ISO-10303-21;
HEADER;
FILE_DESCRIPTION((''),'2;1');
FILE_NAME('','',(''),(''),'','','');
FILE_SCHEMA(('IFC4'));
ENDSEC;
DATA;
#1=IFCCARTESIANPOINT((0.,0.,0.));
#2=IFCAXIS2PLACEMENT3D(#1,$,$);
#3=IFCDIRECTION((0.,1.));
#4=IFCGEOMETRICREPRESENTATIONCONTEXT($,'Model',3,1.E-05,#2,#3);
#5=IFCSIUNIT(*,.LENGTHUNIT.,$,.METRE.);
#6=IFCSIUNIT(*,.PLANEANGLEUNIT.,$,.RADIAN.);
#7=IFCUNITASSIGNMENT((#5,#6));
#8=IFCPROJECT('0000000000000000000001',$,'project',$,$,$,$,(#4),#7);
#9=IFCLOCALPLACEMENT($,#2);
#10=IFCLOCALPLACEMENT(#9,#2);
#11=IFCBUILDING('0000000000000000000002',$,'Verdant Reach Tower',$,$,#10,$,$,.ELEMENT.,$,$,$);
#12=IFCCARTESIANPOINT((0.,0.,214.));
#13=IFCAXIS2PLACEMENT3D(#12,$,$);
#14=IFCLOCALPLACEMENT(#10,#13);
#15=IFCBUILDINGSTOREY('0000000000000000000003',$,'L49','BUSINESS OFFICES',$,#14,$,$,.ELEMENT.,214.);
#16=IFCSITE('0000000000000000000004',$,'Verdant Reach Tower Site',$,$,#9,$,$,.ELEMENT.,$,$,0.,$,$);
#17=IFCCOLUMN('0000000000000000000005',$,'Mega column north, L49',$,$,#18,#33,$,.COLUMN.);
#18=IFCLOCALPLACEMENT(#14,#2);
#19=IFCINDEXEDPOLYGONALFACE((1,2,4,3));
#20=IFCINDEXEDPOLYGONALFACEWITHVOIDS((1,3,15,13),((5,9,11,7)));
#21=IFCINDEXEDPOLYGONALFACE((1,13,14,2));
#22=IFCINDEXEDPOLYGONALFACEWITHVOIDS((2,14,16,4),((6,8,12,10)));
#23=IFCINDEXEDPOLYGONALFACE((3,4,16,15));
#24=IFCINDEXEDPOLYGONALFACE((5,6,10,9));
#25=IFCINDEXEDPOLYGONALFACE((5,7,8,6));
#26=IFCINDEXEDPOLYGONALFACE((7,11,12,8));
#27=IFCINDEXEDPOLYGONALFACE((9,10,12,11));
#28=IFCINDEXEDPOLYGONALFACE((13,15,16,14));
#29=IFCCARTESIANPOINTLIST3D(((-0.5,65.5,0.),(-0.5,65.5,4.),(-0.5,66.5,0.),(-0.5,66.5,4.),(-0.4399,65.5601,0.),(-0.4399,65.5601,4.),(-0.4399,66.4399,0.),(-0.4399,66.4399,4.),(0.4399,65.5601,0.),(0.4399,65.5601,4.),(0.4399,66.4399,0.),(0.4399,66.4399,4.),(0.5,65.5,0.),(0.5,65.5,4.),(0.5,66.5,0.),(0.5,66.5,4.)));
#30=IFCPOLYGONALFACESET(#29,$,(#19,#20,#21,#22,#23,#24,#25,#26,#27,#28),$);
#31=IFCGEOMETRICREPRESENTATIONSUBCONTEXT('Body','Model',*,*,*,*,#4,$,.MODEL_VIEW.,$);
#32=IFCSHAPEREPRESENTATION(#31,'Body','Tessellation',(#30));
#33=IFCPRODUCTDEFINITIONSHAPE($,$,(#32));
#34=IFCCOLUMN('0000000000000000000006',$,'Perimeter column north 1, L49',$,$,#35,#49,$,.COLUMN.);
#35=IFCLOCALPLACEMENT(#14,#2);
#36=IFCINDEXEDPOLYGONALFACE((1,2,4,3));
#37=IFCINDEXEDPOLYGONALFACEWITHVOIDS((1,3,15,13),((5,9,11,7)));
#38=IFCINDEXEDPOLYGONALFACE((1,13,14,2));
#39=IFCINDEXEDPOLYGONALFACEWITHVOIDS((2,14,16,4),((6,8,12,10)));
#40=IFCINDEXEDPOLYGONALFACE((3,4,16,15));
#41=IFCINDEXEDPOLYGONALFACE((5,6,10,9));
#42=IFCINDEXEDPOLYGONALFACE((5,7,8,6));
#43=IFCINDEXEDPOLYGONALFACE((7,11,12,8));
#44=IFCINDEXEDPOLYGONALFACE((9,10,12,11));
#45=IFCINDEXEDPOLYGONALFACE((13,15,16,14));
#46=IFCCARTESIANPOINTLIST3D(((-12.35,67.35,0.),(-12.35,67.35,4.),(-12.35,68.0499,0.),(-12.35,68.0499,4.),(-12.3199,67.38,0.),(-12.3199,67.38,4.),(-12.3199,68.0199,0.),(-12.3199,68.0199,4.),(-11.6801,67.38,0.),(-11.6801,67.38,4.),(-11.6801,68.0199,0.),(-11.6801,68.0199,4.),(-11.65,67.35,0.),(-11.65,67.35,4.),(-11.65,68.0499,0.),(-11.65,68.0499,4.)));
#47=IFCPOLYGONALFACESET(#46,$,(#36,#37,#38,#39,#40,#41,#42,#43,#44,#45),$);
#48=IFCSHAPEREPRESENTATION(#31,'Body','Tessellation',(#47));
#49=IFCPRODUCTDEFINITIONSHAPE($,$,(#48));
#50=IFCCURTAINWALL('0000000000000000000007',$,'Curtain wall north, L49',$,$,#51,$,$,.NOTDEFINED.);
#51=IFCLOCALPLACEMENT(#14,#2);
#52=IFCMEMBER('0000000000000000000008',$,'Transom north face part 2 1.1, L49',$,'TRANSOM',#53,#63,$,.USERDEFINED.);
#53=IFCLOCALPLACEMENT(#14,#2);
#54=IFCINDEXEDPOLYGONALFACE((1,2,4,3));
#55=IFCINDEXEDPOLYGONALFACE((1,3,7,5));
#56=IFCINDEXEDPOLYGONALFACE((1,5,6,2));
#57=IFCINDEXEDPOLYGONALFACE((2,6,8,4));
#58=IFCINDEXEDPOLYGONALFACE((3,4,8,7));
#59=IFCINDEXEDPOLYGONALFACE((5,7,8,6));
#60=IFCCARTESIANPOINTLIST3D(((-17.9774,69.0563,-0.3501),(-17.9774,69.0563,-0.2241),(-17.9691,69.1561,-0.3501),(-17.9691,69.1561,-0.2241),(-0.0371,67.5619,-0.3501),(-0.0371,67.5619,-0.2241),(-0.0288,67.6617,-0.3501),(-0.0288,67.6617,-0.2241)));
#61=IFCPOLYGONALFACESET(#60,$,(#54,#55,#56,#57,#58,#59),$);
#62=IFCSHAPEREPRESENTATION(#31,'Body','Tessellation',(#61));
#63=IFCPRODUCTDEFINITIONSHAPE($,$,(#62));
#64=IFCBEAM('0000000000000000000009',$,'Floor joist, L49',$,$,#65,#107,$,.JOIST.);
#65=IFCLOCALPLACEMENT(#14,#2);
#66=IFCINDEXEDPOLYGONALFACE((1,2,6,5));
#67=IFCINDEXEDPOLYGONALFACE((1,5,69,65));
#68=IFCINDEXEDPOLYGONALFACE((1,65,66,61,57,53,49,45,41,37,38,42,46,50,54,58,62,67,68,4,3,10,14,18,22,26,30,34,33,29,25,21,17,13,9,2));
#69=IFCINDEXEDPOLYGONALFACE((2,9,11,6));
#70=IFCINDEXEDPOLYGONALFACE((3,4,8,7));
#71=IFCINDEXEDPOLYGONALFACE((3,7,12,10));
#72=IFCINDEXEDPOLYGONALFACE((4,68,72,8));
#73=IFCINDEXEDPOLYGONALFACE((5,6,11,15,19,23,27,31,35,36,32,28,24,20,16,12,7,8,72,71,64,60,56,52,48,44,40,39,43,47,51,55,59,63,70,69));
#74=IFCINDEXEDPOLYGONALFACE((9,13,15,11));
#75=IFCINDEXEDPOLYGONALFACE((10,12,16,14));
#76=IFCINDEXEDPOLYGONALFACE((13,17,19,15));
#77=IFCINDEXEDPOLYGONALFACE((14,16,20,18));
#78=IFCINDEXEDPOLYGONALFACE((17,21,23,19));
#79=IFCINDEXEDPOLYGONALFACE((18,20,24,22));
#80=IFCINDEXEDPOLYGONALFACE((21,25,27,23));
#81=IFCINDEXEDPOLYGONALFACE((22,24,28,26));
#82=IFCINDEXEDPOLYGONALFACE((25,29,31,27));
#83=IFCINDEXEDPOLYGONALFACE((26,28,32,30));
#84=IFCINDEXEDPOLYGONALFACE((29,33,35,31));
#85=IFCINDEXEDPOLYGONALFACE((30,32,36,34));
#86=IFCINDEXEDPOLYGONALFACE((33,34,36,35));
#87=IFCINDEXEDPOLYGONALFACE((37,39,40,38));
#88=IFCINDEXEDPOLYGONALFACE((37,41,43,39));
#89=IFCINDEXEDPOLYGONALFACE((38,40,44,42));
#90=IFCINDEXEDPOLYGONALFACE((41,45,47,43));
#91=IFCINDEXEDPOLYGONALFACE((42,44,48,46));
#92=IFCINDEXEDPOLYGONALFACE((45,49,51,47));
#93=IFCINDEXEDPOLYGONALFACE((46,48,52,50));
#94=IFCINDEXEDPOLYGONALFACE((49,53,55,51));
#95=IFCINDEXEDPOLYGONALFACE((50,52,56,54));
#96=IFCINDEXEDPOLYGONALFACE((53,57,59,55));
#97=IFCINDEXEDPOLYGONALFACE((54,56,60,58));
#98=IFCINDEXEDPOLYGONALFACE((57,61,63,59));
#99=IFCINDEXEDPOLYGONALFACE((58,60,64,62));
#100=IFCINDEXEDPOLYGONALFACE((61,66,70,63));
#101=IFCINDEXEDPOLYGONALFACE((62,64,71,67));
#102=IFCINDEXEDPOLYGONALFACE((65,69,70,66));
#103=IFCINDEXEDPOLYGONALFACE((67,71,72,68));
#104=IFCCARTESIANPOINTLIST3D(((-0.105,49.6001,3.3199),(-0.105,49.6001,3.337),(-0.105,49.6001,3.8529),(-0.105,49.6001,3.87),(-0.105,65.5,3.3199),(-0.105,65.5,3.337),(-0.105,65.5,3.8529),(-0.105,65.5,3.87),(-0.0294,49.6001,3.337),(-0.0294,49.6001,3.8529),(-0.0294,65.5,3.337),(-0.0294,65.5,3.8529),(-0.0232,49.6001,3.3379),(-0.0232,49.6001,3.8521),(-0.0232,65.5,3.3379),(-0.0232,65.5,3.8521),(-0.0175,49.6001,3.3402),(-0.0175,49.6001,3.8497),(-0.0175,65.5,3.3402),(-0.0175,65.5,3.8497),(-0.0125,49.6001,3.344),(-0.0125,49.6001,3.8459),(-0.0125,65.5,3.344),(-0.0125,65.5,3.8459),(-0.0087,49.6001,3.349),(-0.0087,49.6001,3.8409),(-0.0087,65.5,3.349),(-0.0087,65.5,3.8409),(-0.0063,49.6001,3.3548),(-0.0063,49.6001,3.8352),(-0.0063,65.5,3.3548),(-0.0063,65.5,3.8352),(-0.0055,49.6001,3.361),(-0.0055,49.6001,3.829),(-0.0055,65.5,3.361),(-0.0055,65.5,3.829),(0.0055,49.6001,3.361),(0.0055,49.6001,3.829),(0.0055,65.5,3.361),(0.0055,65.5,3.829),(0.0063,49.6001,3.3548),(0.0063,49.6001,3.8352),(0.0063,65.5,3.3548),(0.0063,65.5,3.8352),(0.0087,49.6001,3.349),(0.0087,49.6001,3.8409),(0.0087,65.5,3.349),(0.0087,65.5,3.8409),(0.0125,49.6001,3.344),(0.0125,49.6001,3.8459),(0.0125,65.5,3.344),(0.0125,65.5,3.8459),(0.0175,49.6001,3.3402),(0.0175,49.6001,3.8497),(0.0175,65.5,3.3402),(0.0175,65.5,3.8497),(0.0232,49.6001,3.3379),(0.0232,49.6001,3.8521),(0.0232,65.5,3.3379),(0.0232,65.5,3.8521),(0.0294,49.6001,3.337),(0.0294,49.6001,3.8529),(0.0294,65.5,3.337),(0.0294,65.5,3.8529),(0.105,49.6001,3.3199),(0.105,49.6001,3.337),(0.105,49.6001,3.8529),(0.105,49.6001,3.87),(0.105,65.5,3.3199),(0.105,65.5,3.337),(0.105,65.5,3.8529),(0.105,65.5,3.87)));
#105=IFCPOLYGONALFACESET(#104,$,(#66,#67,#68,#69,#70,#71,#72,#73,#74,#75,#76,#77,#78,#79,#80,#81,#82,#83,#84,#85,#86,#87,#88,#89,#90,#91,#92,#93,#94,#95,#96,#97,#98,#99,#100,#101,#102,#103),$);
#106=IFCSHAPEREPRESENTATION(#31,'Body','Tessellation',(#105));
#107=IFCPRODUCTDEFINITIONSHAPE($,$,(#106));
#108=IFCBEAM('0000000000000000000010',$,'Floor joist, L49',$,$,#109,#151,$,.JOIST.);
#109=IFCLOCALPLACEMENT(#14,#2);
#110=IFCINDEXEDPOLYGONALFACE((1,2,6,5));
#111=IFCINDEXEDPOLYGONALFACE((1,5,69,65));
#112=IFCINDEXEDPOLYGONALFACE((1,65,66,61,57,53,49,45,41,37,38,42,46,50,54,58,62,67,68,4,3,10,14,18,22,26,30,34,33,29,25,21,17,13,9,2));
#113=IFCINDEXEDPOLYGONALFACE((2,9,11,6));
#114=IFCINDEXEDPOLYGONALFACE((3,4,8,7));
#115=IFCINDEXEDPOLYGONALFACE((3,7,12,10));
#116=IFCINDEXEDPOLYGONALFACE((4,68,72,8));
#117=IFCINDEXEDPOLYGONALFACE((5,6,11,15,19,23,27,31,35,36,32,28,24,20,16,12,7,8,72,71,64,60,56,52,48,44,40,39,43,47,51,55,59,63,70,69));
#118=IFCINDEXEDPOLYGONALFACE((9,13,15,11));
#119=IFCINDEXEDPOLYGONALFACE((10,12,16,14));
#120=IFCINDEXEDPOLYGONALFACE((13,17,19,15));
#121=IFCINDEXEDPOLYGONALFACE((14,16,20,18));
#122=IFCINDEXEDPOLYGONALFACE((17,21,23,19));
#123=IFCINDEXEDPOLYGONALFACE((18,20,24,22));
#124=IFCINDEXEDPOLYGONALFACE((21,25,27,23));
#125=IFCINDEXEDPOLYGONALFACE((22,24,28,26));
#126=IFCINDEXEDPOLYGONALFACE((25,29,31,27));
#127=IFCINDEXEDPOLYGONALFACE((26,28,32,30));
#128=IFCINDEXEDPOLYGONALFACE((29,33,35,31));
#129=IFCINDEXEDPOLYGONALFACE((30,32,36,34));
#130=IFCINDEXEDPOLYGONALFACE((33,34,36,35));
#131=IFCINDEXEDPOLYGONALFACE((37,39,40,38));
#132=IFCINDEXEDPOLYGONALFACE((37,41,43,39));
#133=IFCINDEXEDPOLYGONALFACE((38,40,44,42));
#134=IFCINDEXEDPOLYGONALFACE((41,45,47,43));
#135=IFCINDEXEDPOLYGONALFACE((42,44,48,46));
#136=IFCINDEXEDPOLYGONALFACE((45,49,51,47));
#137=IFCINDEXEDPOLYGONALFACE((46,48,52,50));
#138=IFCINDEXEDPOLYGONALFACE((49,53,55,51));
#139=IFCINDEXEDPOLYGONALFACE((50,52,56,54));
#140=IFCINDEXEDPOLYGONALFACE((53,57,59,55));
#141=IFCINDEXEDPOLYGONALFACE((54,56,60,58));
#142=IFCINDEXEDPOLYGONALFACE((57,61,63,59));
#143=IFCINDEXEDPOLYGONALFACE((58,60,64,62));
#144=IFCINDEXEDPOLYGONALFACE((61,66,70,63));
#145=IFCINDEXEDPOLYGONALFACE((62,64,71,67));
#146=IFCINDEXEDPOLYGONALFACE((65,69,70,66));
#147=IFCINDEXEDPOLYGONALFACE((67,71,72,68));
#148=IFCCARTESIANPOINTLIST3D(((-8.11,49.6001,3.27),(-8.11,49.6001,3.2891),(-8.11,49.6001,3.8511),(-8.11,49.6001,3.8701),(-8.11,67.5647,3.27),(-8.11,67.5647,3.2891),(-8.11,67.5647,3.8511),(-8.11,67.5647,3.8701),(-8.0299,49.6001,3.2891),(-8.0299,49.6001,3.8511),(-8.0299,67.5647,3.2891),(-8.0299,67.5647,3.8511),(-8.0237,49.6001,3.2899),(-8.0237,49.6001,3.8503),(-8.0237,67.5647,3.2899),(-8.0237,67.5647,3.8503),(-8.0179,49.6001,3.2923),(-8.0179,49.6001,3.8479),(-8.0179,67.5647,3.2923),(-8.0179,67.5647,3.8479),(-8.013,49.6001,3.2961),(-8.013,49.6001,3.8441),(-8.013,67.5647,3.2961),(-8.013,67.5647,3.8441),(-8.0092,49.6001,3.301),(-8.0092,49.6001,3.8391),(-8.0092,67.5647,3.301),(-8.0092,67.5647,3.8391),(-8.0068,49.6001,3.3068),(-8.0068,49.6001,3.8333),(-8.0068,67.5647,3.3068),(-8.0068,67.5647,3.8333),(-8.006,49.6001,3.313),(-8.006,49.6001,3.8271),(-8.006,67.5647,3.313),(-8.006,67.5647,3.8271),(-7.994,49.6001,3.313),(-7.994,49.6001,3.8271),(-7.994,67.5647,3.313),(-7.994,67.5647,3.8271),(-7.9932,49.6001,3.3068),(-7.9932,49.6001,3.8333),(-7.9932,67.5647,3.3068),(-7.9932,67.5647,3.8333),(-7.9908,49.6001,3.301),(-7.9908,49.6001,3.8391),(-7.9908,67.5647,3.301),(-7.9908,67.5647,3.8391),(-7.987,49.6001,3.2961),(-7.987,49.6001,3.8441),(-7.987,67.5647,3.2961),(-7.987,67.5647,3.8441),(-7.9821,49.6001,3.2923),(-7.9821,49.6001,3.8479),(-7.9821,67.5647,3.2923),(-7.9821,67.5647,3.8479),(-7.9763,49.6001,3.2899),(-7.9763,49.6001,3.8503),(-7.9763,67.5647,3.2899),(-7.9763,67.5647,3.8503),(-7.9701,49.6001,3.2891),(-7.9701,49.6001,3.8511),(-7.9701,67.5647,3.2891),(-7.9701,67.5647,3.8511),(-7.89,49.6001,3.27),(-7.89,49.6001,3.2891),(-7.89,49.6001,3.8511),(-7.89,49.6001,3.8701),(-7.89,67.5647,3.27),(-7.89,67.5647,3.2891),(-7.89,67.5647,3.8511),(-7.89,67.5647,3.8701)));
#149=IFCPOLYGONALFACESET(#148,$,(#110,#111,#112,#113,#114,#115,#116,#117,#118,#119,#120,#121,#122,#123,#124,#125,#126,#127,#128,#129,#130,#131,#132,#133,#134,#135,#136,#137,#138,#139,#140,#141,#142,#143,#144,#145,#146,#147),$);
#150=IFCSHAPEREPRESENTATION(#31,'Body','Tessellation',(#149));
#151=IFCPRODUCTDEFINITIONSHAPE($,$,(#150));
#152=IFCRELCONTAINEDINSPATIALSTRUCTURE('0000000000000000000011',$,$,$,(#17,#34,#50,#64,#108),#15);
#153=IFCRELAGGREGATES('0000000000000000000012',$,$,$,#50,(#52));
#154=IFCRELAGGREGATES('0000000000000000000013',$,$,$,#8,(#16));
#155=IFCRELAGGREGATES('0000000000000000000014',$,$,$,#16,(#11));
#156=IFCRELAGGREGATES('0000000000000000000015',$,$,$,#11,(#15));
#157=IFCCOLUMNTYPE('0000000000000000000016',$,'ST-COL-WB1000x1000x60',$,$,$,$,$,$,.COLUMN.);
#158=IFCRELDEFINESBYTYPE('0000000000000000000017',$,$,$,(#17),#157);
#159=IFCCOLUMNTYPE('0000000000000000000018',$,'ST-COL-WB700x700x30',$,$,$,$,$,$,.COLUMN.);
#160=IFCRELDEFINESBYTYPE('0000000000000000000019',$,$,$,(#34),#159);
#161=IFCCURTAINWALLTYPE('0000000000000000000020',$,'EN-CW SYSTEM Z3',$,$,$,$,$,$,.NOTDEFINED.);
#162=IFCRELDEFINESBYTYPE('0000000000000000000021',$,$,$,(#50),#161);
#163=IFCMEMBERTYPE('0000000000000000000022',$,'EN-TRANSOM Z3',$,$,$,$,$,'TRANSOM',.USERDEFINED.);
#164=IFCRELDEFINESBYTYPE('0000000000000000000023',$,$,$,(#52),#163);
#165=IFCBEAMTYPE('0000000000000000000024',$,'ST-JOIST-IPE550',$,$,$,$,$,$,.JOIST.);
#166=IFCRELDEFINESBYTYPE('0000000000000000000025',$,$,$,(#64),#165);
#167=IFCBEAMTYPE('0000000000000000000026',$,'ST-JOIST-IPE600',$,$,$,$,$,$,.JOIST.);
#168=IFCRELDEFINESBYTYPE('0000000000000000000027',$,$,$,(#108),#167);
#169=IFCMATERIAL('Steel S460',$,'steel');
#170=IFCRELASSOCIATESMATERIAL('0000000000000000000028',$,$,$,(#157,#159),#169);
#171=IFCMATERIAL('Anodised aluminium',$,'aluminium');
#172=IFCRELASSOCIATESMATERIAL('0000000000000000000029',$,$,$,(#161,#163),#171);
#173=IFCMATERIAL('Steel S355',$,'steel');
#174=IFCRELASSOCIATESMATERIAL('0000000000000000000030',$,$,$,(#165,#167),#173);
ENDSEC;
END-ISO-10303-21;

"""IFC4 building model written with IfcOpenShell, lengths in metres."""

from ifc_helpers import new_model, si_unit, direction, frame, origin, origin_2d, place, context, subcontext, project, spatial, rectangle, hollow_rectangle, i_section, extrude, material, material_profile, profile_set, type_object, element, aggregate, save


model = new_model("IFC4")

# Units and contexts
model_context = context("Model", 3, precision=1e-05, world=origin(), true_north=direction((0.0, 1.0)))
body_context = subcontext(model_context, "Body", "Model", "MODEL_VIEW")
ifc_project = project(units=[si_unit("LENGTHUNIT", "METRE"), si_unit("PLANEANGLEUNIT", "RADIAN")], contexts=[model_context])

# Site, building, storey
site_placement = place(None, origin())
site = spatial("IfcSite", under=ifc_project, at=site_placement, Name="Verdant Reach Tower Site", CompositionType="ELEMENT", RefElevation=0.0)
building_placement = place(site_placement, origin())
building = spatial("IfcBuilding", under=site, at=building_placement, Name="Verdant Reach Tower", CompositionType="ELEMENT")
storey_placement = place(building_placement, frame((0.0, 0.0, 214.0)))
storey = spatial("IfcBuildingStorey", under=building, at=storey_placement, Name="L49", Description="BUSINESS OFFICES", CompositionType="ELEMENT", Elevation=214.0)

# Columns
ifc_material_1 = material(Name="Steel S460", Category="steel")
ifc_material_profile_1 = material_profile(ifc_material_1, hollow_rectangle(XDim=1.0, YDim=1.0, WallThickness=0.0601, at=origin_2d()), Name="WB 1000x1000x60")
ifc_profile_set_1 = profile_set([ifc_material_profile_1], Name="Steel S460")
column_type_1 = type_object("IfcColumnType", Name="ST-COL-WB1000x1000x60", PredefinedType="COLUMN", material=ifc_profile_set_1)
column_1_placement = place(storey_placement, frame((0.0, 66.0, 0.0), z_axis=(0.0, 0.0, 1.0), x_axis=(1.0, 0.0, 0.0)))
element("IfcColumn", 1, at=column_1_placement, inside=storey, type_object=column_type_1, Name="Mega column north, L49", PredefinedType="COLUMN", context=body_context, shape_type="SweptSolid", body=[
    extrude(hollow_rectangle(XDim=1.0, YDim=1.0, WallThickness=0.0601, at=origin_2d()), origin(), (0.0, 0.0, 1.0), 4.0),
])
ifc_material_profile_2 = material_profile(ifc_material_1, hollow_rectangle(XDim=0.7, YDim=0.7, WallThickness=0.03, at=origin_2d()), Name="WB 700x700x30")
ifc_profile_set_2 = profile_set([ifc_material_profile_2], Name="Steel S460")
column_type_2 = type_object("IfcColumnType", Name="ST-COL-WB700x700x30", PredefinedType="COLUMN", material=ifc_profile_set_2)
column_2_placement = place(storey_placement, frame((-12.0, 67.7, 0.0), z_axis=(0.0, 0.0, 1.0), x_axis=(1.0, 0.0, 0.0)))
element("IfcColumn", 2, at=column_2_placement, inside=storey, type_object=column_type_2, Name="Perimeter column north 1, L49", PredefinedType="COLUMN", context=body_context, shape_type="SweptSolid", body=[
    extrude(hollow_rectangle(XDim=0.7, YDim=0.7, WallThickness=0.03, at=origin_2d()), origin(), (0.0, 0.0, 1.0), 4.0),
])

# Curtain wall, member
ifc_material_2 = material(Name="Anodised aluminium", Category="aluminium")
curtain_wall_type = type_object("IfcCurtainWallType", Name="EN-CW SYSTEM Z3", PredefinedType="NOTDEFINED", material=ifc_material_2)
curtain_wall_placement = place(storey_placement, origin())
curtain_wall = element("IfcCurtainWall", 3, at=curtain_wall_placement, inside=storey, type_object=curtain_wall_type, Name="Curtain wall north, L49", PredefinedType="NOTDEFINED")
ifc_material_profile_3 = material_profile(ifc_material_2, rectangle(XDim=0.1001, YDim=0.126, at=origin_2d()), Name="Transom 126x100")
ifc_profile_set_3 = profile_set([ifc_material_profile_3], Name="Anodised aluminium")
member_type = type_object("IfcMemberType", Name="EN-TRANSOM Z3", ElementType="TRANSOM", PredefinedType="USERDEFINED", material=ifc_profile_set_3)
member_placement = place(storey_placement, frame((-0.033, 67.6118, -0.2871), z_axis=(-0.996549, 0.08301, 0.0), x_axis=(-0.08301, -0.996549, 0.0)))
member = element("IfcMember", 4, at=member_placement, type_object=member_type, Name="Transom north face part 2 1.1, L49", ObjectType="TRANSOM", PredefinedType="USERDEFINED", context=body_context, shape_type="SweptSolid", body=[
    extrude(rectangle(XDim=0.1001, YDim=0.126, at=origin_2d()), origin(), (0.0, 0.0, 1.0), 18.0024),
])

# Beams
ifc_material_3 = material(Name="Steel S355", Category="steel")
ifc_material_profile_4 = material_profile(ifc_material_3, i_section(OverallWidth=0.21, OverallDepth=0.55, WebThickness=0.011, FlangeThickness=0.0171, FilletRadius=0.0239, at=origin_2d()), Name="IPE 550")
ifc_profile_set_4 = profile_set([ifc_material_profile_4], Name="Steel S355")
beam_type_1 = type_object("IfcBeamType", Name="ST-JOIST-IPE550", PredefinedType="JOIST", material=ifc_profile_set_4)
beam_1_placement = place(storey_placement, frame((0.0, 49.6001, 3.595), z_axis=(0.0, 1.0, 0.0), x_axis=(-1.0, 0.0, 0.0)))
element("IfcBeam", 5, at=beam_1_placement, inside=storey, type_object=beam_type_1, Name="Floor joist, L49", PredefinedType="JOIST", context=body_context, shape_type="SweptSolid", body=[
    extrude(i_section(OverallWidth=0.21, OverallDepth=0.55, WebThickness=0.011, FlangeThickness=0.0171, FilletRadius=0.0239, at=origin_2d()), origin(), (0.0, 0.0, 1.0), 15.8999),
])
ifc_material_profile_5 = material_profile(ifc_material_3, i_section(OverallWidth=0.22, OverallDepth=0.6001, WebThickness=0.012, FlangeThickness=0.019, FilletRadius=0.0239, at=origin_2d()), Name="IPE 600")
ifc_profile_set_5 = profile_set([ifc_material_profile_5], Name="Steel S355")
beam_type_2 = type_object("IfcBeamType", Name="ST-JOIST-IPE600", PredefinedType="JOIST", material=ifc_profile_set_5)
beam_2_placement = place(storey_placement, frame((-8.0, 49.6001, 3.5701), z_axis=(0.0, 1.0, 0.0), x_axis=(-1.0, 0.0, 0.0)))
element("IfcBeam", 6, at=beam_2_placement, inside=storey, type_object=beam_type_2, Name="Floor joist, L49", PredefinedType="JOIST", context=body_context, shape_type="SweptSolid", body=[
    extrude(i_section(OverallWidth=0.22, OverallDepth=0.6001, WebThickness=0.012, FlangeThickness=0.019, FilletRadius=0.0239, at=origin_2d()), origin(), (0.0, 0.0, 1.0), 17.9646),
])

aggregate(curtain_wall, [member])

save(model, "model.ifc")
